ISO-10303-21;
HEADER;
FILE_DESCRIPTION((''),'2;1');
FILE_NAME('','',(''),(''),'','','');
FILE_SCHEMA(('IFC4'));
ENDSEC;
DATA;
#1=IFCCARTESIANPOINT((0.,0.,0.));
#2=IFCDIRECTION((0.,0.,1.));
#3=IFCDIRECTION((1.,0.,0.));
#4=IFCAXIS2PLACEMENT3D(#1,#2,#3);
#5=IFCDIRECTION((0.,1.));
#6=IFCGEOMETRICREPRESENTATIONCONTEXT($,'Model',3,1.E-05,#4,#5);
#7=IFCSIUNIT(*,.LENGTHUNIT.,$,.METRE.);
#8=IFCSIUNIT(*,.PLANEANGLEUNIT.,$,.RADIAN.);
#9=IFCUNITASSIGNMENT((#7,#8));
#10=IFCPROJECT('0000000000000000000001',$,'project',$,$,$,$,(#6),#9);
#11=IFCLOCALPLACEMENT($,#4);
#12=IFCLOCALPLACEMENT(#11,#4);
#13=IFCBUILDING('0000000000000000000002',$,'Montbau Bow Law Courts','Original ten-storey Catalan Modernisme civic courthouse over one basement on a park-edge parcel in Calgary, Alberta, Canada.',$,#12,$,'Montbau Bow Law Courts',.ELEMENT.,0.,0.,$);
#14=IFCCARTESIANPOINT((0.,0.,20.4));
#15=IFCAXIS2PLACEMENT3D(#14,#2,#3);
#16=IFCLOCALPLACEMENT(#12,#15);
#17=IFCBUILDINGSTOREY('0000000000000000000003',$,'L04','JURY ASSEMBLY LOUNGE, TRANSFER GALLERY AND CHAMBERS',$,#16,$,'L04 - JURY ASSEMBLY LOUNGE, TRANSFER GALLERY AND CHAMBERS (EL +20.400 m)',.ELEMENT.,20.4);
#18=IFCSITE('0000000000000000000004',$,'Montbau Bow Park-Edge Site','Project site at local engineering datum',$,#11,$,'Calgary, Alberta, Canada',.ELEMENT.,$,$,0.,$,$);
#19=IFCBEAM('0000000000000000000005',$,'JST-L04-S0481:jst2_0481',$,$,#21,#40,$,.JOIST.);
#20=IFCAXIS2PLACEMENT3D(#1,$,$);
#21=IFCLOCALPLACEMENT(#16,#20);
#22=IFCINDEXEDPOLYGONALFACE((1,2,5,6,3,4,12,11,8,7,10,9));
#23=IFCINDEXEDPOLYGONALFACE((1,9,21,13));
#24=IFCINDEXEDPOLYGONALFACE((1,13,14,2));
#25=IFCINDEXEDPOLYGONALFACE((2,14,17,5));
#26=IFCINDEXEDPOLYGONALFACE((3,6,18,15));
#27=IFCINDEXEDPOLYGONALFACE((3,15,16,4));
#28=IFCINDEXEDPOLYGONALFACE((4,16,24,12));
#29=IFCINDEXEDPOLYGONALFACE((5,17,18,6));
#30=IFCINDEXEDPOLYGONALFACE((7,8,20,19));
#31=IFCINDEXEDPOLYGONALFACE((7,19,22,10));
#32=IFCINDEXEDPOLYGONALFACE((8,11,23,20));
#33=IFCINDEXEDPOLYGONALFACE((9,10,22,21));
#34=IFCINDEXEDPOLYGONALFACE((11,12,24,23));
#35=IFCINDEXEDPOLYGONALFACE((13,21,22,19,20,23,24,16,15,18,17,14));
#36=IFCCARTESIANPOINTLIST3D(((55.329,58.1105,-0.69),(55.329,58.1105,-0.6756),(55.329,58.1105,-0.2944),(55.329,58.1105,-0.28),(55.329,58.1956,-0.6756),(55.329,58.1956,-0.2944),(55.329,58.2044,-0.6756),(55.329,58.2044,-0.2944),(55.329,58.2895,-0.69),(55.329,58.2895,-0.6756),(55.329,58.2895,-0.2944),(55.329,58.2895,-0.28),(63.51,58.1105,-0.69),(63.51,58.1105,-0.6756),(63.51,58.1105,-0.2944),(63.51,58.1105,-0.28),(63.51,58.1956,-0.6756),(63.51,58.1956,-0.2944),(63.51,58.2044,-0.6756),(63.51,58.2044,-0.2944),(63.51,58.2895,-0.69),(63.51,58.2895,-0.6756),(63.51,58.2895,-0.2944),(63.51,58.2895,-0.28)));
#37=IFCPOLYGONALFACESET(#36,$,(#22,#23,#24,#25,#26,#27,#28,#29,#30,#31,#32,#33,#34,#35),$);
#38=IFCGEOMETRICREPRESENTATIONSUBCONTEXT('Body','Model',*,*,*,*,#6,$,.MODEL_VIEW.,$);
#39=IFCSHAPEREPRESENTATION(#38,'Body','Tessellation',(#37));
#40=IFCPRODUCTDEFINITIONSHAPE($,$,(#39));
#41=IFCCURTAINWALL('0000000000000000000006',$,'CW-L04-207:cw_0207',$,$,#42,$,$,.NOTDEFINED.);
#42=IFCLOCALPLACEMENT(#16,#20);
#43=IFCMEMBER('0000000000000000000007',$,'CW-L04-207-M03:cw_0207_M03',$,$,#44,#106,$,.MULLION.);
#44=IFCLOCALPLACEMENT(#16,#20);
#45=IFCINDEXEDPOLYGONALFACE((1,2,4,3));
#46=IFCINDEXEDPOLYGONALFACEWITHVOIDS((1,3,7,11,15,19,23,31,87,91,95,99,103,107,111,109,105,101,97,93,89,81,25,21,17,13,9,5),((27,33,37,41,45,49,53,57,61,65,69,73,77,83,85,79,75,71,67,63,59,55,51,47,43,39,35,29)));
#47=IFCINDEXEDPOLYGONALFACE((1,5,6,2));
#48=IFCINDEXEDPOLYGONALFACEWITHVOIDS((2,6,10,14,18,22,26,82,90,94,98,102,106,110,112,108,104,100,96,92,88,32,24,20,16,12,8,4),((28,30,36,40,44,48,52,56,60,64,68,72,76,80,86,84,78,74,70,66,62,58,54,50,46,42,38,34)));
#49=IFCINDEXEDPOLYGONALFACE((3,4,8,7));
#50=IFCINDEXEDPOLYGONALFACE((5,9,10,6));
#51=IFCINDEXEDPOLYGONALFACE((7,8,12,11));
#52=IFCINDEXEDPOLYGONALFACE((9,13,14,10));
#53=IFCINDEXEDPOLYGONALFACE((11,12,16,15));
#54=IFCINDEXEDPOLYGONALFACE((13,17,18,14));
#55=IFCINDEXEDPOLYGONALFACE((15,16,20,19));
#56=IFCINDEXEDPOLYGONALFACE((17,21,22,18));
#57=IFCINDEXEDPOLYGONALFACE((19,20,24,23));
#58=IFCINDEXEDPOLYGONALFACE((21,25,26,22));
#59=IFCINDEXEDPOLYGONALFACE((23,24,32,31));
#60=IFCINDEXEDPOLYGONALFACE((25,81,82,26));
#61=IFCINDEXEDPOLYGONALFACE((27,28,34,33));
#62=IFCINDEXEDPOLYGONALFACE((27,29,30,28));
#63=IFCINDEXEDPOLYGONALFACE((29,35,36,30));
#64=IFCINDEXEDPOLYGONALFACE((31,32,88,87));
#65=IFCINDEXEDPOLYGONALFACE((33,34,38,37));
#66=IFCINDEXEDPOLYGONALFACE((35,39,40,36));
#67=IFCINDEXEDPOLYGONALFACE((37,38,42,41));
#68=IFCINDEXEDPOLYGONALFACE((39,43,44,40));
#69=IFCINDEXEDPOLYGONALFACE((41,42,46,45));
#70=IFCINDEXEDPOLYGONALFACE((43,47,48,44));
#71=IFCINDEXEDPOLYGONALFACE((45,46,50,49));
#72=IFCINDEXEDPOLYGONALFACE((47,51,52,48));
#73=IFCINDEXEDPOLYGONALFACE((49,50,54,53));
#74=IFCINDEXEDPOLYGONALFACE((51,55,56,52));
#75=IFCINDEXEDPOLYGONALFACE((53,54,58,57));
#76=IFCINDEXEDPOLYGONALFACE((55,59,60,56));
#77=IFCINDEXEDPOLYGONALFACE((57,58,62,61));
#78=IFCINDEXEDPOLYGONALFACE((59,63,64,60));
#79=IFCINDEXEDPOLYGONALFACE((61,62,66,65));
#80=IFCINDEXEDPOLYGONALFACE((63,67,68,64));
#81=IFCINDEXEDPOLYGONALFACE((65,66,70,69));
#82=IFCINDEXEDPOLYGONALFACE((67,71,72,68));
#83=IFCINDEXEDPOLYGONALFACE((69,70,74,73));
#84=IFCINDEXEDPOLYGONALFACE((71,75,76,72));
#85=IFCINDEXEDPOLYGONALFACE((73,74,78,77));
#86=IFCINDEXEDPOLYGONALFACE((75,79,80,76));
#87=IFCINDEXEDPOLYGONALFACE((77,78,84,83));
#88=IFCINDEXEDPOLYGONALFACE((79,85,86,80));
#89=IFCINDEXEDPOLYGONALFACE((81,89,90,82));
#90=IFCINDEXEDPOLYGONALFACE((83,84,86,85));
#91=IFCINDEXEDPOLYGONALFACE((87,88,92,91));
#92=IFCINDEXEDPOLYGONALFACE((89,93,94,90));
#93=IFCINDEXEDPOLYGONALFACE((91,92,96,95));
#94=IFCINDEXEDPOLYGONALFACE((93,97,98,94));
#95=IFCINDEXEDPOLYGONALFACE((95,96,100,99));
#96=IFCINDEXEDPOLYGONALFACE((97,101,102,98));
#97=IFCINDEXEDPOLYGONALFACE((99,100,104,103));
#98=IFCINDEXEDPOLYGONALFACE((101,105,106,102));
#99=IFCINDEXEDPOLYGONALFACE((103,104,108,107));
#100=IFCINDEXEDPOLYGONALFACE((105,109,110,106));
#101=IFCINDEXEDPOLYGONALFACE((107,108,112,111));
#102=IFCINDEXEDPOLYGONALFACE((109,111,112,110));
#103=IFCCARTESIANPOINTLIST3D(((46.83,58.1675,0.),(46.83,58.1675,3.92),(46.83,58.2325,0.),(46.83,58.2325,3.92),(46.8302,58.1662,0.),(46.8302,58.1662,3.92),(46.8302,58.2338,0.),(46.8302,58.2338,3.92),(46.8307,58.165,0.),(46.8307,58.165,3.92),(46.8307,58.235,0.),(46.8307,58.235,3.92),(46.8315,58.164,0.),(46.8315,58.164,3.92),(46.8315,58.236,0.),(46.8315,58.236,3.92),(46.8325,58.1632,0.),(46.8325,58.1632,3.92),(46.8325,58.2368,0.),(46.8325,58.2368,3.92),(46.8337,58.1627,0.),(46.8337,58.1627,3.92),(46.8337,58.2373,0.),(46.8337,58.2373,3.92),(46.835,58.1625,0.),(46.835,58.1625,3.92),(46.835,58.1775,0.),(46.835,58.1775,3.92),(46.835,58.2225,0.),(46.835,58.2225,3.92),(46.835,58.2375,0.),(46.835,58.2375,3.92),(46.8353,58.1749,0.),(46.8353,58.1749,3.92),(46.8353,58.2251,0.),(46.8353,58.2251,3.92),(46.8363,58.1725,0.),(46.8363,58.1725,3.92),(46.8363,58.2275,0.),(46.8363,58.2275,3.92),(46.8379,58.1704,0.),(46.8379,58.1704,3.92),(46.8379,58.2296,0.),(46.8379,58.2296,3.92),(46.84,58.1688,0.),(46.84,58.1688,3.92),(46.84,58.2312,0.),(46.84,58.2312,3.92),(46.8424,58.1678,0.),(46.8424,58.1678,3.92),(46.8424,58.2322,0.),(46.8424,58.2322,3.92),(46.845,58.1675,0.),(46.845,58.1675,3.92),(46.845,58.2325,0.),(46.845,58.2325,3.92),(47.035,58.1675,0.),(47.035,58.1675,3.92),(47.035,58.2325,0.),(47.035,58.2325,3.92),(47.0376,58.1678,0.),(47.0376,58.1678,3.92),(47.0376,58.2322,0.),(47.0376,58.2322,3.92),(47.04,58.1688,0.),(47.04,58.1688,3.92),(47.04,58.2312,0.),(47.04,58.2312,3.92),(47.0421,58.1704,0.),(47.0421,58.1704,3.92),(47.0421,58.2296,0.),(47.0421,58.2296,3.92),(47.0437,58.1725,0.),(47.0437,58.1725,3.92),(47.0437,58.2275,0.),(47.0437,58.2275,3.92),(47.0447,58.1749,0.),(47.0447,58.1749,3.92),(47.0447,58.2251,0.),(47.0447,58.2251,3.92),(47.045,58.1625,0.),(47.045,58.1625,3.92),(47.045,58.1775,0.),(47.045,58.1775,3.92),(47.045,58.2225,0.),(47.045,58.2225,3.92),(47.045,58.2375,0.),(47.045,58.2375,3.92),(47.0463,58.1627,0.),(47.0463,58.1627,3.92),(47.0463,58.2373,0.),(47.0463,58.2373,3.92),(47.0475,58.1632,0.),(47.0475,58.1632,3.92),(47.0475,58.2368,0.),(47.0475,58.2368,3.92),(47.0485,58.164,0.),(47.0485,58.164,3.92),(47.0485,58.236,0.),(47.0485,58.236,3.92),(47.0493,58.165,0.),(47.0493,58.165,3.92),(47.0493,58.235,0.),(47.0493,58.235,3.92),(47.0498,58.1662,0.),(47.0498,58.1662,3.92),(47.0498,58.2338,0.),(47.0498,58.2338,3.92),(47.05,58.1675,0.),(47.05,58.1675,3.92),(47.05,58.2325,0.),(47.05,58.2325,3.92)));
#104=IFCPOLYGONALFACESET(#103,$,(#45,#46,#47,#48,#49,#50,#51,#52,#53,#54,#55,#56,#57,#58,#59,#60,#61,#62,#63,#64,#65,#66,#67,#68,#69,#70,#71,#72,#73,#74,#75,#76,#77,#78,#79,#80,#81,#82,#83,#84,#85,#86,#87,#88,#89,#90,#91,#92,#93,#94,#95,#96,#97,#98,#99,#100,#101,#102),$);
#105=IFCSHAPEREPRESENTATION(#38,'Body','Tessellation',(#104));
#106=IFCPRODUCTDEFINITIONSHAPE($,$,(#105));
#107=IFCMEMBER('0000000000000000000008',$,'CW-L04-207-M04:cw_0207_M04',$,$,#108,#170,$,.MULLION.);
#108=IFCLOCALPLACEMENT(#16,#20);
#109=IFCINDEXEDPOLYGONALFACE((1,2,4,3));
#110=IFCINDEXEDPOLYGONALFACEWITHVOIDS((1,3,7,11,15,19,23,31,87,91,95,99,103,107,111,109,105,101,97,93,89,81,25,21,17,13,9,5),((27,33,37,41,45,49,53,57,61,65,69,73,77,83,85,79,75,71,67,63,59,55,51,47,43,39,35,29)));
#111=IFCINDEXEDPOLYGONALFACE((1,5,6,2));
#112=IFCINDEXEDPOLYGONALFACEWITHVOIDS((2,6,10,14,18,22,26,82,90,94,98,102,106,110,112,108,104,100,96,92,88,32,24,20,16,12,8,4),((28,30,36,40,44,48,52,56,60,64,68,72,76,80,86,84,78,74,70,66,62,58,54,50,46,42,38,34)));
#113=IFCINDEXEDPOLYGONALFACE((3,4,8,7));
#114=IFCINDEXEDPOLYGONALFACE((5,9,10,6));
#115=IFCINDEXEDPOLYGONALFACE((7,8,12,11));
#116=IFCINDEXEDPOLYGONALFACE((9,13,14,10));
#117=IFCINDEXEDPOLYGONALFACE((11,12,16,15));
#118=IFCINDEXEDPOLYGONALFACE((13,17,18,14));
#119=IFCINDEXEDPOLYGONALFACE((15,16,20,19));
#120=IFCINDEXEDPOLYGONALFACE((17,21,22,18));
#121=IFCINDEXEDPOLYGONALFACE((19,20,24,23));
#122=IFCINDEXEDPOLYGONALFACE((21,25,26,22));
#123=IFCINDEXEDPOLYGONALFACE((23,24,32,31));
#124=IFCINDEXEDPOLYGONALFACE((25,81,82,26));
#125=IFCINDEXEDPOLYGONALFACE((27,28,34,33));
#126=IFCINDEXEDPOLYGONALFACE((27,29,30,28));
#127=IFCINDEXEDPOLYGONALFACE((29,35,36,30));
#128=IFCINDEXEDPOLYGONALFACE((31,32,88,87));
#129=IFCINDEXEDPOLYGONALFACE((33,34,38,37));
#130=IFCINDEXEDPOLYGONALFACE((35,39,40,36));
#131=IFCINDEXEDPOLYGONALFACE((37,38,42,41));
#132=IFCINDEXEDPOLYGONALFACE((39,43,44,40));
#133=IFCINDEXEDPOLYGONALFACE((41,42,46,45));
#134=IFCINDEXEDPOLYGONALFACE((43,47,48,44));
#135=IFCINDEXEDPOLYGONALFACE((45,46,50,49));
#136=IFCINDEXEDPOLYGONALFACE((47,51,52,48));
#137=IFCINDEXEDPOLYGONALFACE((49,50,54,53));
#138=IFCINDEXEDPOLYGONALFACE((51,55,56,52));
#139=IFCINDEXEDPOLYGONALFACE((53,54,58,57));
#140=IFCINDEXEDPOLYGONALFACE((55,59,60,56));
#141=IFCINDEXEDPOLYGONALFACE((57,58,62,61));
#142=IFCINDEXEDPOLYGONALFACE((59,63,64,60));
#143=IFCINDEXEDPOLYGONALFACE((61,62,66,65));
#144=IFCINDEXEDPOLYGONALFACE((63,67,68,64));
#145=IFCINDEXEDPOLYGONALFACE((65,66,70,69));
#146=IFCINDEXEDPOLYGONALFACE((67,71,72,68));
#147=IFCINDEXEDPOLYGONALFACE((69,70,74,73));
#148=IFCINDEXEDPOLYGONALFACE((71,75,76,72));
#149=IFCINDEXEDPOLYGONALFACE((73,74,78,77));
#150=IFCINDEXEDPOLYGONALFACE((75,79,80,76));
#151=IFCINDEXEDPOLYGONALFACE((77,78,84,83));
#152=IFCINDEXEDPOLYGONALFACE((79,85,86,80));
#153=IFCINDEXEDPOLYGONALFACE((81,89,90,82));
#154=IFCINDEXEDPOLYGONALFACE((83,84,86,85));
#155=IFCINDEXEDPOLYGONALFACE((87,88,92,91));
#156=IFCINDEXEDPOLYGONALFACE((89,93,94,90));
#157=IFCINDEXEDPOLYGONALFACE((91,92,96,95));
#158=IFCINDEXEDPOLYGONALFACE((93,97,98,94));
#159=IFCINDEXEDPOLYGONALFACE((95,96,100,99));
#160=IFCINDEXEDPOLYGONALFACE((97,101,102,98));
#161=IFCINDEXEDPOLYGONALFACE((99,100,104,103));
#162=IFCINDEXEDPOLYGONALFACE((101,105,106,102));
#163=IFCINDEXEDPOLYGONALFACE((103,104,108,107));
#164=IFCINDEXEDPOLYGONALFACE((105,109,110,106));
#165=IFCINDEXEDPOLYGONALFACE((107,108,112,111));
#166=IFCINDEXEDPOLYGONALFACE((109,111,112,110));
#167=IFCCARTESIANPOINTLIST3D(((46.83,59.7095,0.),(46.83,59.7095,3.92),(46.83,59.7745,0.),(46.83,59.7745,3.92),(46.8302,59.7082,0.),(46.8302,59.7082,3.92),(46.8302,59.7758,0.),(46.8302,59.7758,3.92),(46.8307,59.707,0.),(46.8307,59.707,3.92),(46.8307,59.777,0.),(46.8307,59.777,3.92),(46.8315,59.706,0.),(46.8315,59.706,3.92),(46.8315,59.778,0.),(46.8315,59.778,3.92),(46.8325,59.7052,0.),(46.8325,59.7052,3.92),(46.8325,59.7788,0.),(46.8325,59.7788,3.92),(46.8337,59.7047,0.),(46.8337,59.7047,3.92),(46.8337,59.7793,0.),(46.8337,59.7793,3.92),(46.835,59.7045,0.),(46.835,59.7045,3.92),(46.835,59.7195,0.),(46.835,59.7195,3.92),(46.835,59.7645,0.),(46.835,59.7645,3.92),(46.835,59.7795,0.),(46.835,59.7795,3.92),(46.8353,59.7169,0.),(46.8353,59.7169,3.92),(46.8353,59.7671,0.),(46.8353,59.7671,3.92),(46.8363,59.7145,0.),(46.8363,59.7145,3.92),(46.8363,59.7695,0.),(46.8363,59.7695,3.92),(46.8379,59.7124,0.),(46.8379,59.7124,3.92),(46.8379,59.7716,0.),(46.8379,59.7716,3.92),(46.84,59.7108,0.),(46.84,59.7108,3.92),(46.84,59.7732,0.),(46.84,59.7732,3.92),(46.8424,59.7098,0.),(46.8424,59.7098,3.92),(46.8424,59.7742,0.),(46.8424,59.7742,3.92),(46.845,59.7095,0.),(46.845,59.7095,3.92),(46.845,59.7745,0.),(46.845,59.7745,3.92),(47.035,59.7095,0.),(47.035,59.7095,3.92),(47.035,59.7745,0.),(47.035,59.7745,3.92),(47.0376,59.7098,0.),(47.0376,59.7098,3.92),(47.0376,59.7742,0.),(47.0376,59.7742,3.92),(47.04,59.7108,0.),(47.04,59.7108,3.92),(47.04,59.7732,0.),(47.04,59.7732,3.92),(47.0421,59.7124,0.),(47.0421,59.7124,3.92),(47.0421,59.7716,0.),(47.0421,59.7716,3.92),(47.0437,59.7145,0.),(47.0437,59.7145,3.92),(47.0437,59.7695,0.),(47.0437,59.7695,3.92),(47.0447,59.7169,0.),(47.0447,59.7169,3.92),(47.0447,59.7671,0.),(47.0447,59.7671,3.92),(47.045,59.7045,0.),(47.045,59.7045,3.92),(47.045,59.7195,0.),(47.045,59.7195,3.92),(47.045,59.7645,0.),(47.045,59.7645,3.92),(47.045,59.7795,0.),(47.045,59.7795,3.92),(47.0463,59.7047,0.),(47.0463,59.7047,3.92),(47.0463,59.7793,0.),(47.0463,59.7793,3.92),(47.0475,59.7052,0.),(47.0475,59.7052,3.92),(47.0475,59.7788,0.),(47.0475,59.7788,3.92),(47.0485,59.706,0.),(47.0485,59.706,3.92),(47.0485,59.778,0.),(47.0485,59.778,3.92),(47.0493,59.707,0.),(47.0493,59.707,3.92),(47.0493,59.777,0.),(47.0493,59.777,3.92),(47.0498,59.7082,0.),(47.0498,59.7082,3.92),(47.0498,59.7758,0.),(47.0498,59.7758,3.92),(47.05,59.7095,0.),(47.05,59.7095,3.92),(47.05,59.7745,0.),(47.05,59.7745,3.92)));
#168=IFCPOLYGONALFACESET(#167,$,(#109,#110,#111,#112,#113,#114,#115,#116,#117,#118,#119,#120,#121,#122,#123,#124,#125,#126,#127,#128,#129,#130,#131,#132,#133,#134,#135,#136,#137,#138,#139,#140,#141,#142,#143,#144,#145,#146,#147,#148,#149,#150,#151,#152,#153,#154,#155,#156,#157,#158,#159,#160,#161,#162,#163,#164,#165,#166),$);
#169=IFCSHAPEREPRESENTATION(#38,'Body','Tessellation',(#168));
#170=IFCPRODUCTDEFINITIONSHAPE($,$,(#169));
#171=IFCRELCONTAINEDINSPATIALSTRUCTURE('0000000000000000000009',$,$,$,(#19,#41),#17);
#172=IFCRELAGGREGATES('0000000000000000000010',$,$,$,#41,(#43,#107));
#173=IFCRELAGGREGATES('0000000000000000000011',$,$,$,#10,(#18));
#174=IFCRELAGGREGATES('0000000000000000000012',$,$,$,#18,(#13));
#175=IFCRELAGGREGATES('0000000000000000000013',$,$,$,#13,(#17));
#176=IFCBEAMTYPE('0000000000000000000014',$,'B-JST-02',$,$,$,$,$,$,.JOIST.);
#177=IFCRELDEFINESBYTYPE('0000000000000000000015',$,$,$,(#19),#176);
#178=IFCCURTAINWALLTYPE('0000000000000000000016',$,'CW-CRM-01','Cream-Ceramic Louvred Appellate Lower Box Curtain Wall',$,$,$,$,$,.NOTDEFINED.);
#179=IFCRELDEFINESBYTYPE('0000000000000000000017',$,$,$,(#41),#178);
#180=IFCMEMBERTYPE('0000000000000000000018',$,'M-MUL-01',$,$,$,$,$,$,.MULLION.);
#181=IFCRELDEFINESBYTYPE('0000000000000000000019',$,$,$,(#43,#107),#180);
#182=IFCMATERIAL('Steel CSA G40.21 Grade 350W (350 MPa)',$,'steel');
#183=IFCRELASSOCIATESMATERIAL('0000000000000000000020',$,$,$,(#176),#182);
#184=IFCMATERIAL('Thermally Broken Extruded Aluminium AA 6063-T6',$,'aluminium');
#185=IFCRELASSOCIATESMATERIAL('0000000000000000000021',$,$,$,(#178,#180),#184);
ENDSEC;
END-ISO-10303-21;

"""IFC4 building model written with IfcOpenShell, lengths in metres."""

from ifc_helpers import new_model, si_unit, direction, frame, origin_with_axes, origin_2d_with_axis, place, context, subcontext, project, spatial, hollow_rectangle, i_section, extrude, material, material_profile, profile_set, type_object, element, aggregate, save


model = new_model("IFC4")

# Units and contexts
model_context = context("Model", 3, precision=1e-05, world=origin_with_axes(), true_north=direction((0.0, 1.0)))
body_context = subcontext(model_context, "Body", "Model", "MODEL_VIEW")
ifc_project = project(units=[si_unit("LENGTHUNIT", "METRE"), si_unit("PLANEANGLEUNIT", "RADIAN")], contexts=[model_context])

# Site, building, storey
site_placement = place(None, origin_with_axes())
site = spatial("IfcSite", under=ifc_project, at=site_placement, Name="Montbau Bow Park-Edge Site", Description="Project site at local engineering datum", LongName="Calgary, Alberta, Canada", CompositionType="ELEMENT", RefElevation=0.0)
building_placement = place(site_placement, origin_with_axes())
building = spatial("IfcBuilding", under=site, at=building_placement, Name="Montbau Bow Law Courts", Description="Original ten-storey Catalan Modernisme civic courthouse over one basement on a park-edge parcel in Calgary, Alberta, Canada.", LongName="Montbau Bow Law Courts", CompositionType="ELEMENT", ElevationOfRefHeight=0.0, ElevationOfTerrain=0.0)
storey_placement = place(building_placement, frame((0.0, 0.0, 20.4), z_axis=(0.0, 0.0, 1.0), x_axis=(1.0, 0.0, 0.0)))
storey = spatial("IfcBuildingStorey", under=building, at=storey_placement, Name="L04", Description="JURY ASSEMBLY LOUNGE, TRANSFER GALLERY AND CHAMBERS", LongName="L04 - JURY ASSEMBLY LOUNGE, TRANSFER GALLERY AND CHAMBERS (EL +20.400 m)", CompositionType="ELEMENT", Elevation=20.4)

# Beam
ifc_material_1 = material(Name="Steel CSA G40.21 Grade 350W (350 MPa)", Category="steel")
ifc_material_profile_1 = material_profile(ifc_material_1, i_section(OverallWidth=0.179, OverallDepth=0.41, WebThickness=0.0088, FlangeThickness=0.0144, at=origin_2d_with_axis()), Name="W410X67", Category="Main", Priority=0)
ifc_profile_set_1 = profile_set([ifc_material_profile_1], Name="Steel CSA G40.21 Grade 350W (350 MPa)")
beam_type = type_object("IfcBeamType", Name="B-JST-02", PredefinedType="JOIST", material=ifc_profile_set_1)
beam_placement = place(None, frame((55.329, 58.2, 19.915), z_axis=(1.0, 0.0, 0.0), x_axis=(0.0, 1.0, 0.0)))
element("IfcBeam", 1, at=beam_placement, inside=storey, type_object=beam_type, Name="JST-L04-S0481:jst2_0481", PredefinedType="JOIST", context=body_context, shape_type="SweptSolid", body=[
    extrude(i_section(OverallWidth=0.179, OverallDepth=0.41, WebThickness=0.0088, FlangeThickness=0.0144, at=origin_2d_with_axis()), origin_with_axes(), (0.0, 0.0, 1.0), 8.181),
])

# Curtain wall, members
ifc_material_2 = material(Name="Thermally Broken Extruded Aluminium AA 6063-T6", Category="aluminium")
curtain_wall_type = type_object("IfcCurtainWallType", Name="CW-CRM-01", Description="Cream-Ceramic Louvred Appellate Lower Box Curtain Wall", PredefinedType="NOTDEFINED", material=ifc_material_2)
curtain_wall_1_placement = place(None, frame((46.94, 55.115, 20.4), z_axis=(0.0, 0.0, 1.0), x_axis=(1.0, 0.0, 0.0)))
curtain_wall_1 = element("IfcCurtainWall", 2, at=curtain_wall_1_placement, inside=storey, type_object=curtain_wall_type, Name="CW-L04-207:cw_0207", PredefinedType="NOTDEFINED")
ifc_material_profile_2 = material_profile(ifc_material_2, hollow_rectangle(XDim=0.075, YDim=0.22, WallThickness=0.005, InnerFilletRadius=0.01, OuterFilletRadius=0.005, at=origin_2d_with_axis()), Name="CWM-220X75", Category="Main", Priority=0)
ifc_profile_set_2 = profile_set([ifc_material_profile_2], Name="Thermally Broken Extruded Aluminium AA 6063-T6")
member_type_1 = type_object("IfcMemberType", Name="M-MUL-01", PredefinedType="MULLION", material=ifc_profile_set_2)
member_1_placement = place(None, frame((46.94, 58.2, 20.4), z_axis=(0.0, 0.0, 1.0), x_axis=(0.0, 1.0, 0.0)))
member_1 = element("IfcMember", 3, at=member_1_placement, type_object=member_type_1, Name="CW-L04-207-M03:cw_0207_M03", PredefinedType="MULLION", context=body_context, shape_type="SweptSolid", body=[
    extrude(hollow_rectangle(XDim=0.075, YDim=0.22, WallThickness=0.005, InnerFilletRadius=0.01, OuterFilletRadius=0.005, at=origin_2d_with_axis()), origin_with_axes(), (0.0, 0.0, 1.0), 3.92),
])
member_2_placement = place(None, frame((46.94, 59.742, 20.4), z_axis=(0.0, 0.0, 1.0), x_axis=(0.0, 1.0, 0.0)))
member_2 = element("IfcMember", 4, at=member_2_placement, type_object=member_type_1, Name="CW-L04-207-M04:cw_0207_M04", PredefinedType="MULLION", context=body_context, shape_type="SweptSolid", body=[
    extrude(hollow_rectangle(XDim=0.075, YDim=0.22, WallThickness=0.005, InnerFilletRadius=0.01, OuterFilletRadius=0.005, at=origin_2d_with_axis()), origin_with_axes(), (0.0, 0.0, 1.0), 3.92),
])

aggregate(curtain_wall_1, [member_1, member_2])

save(model, "model.ifc")
